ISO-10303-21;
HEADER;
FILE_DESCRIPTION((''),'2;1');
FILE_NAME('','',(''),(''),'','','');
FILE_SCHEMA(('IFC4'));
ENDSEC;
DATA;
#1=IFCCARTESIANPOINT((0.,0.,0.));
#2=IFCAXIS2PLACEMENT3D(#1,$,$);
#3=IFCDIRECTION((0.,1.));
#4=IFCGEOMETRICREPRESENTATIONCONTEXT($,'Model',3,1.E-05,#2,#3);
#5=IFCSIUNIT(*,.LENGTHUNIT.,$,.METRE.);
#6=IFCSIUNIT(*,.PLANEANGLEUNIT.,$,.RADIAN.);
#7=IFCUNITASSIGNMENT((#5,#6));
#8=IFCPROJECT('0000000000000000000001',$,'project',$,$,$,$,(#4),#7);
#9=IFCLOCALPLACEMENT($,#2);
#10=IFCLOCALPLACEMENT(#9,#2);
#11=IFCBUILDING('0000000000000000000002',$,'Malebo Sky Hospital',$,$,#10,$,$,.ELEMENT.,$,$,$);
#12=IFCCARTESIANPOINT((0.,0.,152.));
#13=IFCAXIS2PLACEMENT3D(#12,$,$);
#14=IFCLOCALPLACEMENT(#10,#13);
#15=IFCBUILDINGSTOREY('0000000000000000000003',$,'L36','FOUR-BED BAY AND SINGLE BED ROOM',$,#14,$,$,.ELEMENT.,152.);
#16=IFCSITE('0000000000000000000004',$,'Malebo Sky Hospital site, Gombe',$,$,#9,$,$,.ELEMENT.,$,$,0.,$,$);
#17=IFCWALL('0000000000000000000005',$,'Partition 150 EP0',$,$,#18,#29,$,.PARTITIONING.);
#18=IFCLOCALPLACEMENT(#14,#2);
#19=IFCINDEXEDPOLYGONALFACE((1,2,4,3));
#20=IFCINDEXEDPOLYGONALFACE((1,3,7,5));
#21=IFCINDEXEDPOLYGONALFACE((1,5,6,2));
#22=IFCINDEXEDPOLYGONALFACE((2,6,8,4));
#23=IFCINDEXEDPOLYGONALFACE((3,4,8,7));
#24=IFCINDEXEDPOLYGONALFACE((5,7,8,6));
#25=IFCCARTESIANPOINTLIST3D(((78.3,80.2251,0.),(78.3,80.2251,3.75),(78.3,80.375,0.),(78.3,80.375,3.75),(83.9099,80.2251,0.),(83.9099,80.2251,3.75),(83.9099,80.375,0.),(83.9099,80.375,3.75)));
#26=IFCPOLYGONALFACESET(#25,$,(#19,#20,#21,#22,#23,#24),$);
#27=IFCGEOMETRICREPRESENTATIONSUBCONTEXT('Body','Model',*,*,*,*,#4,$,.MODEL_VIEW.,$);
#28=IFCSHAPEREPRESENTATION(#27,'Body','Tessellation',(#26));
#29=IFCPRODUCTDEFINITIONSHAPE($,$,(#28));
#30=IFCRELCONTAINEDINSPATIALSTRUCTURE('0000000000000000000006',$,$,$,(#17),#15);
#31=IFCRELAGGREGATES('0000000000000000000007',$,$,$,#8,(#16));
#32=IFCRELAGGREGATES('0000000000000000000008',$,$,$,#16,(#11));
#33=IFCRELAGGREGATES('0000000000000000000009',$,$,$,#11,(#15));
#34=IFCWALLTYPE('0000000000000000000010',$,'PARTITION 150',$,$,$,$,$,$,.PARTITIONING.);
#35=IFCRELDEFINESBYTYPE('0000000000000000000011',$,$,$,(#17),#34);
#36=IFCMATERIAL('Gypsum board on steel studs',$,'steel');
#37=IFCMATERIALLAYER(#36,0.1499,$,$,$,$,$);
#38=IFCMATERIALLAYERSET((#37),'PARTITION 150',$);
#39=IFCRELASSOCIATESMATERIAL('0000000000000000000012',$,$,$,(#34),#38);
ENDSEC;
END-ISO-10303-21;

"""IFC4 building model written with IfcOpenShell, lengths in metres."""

from ifc_helpers import new_model, si_unit, direction, frame, frame_2d, origin, place, context, subcontext, project, spatial, rectangle, extrude, material, layer, layer_set, type_object, element, save


model = new_model("IFC4")

# Units and contexts
model_context = context("Model", 3, precision=1e-05, world=origin(), true_north=direction((0.0, 1.0)))
body_context = subcontext(model_context, "Body", "Model", "MODEL_VIEW")
ifc_project = project(units=[si_unit("LENGTHUNIT", "METRE"), si_unit("PLANEANGLEUNIT", "RADIAN")], contexts=[model_context])

# Site, building, storey
site_placement = place(None, origin())
site = spatial("IfcSite", under=ifc_project, at=site_placement, Name="Malebo Sky Hospital site, Gombe", CompositionType="ELEMENT", RefElevation=0.0)
building_placement = place(site_placement, origin())
building = spatial("IfcBuilding", under=site, at=building_placement, Name="Malebo Sky Hospital", CompositionType="ELEMENT")
storey_placement = place(building_placement, frame((0.0, 0.0, 152.0)))
storey = spatial("IfcBuildingStorey", under=building, at=storey_placement, Name="L36", Description="FOUR-BED BAY AND SINGLE BED ROOM", CompositionType="ELEMENT", Elevation=152.0)

# Shared definitions
ifc_material_1 = material(Name="Gypsum board on steel studs", Category="steel")

# Shared definitions
ifc_layer_1 = layer(ifc_material_1, 0.1499)
ifc_layer_set_1 = layer_set([ifc_layer_1], Name="PARTITION 150")
wall_type_1 = type_object("IfcWallType", Name="PARTITION 150", PredefinedType="PARTITIONING", material=ifc_layer_set_1)

# Wall
wall_1_placement = place(storey_placement, frame((78.3, 80.3, 0.0), z_axis=(0.0, 0.0, 1.0), x_axis=(1.0, 0.0, 0.0)))
element("IfcWall", 1, at=wall_1_placement, inside=storey, type_object=wall_type_1, Name="Partition 150 EP0", PredefinedType="PARTITIONING", context=body_context, shape_type="SweptSolid", body=[
    extrude(rectangle(XDim=5.6099, YDim=0.1499, at=frame_2d((2.8049, 0.0))), origin(), (0.0, 0.0, 1.0), 3.75),
])

save(model, "model.ifc")
